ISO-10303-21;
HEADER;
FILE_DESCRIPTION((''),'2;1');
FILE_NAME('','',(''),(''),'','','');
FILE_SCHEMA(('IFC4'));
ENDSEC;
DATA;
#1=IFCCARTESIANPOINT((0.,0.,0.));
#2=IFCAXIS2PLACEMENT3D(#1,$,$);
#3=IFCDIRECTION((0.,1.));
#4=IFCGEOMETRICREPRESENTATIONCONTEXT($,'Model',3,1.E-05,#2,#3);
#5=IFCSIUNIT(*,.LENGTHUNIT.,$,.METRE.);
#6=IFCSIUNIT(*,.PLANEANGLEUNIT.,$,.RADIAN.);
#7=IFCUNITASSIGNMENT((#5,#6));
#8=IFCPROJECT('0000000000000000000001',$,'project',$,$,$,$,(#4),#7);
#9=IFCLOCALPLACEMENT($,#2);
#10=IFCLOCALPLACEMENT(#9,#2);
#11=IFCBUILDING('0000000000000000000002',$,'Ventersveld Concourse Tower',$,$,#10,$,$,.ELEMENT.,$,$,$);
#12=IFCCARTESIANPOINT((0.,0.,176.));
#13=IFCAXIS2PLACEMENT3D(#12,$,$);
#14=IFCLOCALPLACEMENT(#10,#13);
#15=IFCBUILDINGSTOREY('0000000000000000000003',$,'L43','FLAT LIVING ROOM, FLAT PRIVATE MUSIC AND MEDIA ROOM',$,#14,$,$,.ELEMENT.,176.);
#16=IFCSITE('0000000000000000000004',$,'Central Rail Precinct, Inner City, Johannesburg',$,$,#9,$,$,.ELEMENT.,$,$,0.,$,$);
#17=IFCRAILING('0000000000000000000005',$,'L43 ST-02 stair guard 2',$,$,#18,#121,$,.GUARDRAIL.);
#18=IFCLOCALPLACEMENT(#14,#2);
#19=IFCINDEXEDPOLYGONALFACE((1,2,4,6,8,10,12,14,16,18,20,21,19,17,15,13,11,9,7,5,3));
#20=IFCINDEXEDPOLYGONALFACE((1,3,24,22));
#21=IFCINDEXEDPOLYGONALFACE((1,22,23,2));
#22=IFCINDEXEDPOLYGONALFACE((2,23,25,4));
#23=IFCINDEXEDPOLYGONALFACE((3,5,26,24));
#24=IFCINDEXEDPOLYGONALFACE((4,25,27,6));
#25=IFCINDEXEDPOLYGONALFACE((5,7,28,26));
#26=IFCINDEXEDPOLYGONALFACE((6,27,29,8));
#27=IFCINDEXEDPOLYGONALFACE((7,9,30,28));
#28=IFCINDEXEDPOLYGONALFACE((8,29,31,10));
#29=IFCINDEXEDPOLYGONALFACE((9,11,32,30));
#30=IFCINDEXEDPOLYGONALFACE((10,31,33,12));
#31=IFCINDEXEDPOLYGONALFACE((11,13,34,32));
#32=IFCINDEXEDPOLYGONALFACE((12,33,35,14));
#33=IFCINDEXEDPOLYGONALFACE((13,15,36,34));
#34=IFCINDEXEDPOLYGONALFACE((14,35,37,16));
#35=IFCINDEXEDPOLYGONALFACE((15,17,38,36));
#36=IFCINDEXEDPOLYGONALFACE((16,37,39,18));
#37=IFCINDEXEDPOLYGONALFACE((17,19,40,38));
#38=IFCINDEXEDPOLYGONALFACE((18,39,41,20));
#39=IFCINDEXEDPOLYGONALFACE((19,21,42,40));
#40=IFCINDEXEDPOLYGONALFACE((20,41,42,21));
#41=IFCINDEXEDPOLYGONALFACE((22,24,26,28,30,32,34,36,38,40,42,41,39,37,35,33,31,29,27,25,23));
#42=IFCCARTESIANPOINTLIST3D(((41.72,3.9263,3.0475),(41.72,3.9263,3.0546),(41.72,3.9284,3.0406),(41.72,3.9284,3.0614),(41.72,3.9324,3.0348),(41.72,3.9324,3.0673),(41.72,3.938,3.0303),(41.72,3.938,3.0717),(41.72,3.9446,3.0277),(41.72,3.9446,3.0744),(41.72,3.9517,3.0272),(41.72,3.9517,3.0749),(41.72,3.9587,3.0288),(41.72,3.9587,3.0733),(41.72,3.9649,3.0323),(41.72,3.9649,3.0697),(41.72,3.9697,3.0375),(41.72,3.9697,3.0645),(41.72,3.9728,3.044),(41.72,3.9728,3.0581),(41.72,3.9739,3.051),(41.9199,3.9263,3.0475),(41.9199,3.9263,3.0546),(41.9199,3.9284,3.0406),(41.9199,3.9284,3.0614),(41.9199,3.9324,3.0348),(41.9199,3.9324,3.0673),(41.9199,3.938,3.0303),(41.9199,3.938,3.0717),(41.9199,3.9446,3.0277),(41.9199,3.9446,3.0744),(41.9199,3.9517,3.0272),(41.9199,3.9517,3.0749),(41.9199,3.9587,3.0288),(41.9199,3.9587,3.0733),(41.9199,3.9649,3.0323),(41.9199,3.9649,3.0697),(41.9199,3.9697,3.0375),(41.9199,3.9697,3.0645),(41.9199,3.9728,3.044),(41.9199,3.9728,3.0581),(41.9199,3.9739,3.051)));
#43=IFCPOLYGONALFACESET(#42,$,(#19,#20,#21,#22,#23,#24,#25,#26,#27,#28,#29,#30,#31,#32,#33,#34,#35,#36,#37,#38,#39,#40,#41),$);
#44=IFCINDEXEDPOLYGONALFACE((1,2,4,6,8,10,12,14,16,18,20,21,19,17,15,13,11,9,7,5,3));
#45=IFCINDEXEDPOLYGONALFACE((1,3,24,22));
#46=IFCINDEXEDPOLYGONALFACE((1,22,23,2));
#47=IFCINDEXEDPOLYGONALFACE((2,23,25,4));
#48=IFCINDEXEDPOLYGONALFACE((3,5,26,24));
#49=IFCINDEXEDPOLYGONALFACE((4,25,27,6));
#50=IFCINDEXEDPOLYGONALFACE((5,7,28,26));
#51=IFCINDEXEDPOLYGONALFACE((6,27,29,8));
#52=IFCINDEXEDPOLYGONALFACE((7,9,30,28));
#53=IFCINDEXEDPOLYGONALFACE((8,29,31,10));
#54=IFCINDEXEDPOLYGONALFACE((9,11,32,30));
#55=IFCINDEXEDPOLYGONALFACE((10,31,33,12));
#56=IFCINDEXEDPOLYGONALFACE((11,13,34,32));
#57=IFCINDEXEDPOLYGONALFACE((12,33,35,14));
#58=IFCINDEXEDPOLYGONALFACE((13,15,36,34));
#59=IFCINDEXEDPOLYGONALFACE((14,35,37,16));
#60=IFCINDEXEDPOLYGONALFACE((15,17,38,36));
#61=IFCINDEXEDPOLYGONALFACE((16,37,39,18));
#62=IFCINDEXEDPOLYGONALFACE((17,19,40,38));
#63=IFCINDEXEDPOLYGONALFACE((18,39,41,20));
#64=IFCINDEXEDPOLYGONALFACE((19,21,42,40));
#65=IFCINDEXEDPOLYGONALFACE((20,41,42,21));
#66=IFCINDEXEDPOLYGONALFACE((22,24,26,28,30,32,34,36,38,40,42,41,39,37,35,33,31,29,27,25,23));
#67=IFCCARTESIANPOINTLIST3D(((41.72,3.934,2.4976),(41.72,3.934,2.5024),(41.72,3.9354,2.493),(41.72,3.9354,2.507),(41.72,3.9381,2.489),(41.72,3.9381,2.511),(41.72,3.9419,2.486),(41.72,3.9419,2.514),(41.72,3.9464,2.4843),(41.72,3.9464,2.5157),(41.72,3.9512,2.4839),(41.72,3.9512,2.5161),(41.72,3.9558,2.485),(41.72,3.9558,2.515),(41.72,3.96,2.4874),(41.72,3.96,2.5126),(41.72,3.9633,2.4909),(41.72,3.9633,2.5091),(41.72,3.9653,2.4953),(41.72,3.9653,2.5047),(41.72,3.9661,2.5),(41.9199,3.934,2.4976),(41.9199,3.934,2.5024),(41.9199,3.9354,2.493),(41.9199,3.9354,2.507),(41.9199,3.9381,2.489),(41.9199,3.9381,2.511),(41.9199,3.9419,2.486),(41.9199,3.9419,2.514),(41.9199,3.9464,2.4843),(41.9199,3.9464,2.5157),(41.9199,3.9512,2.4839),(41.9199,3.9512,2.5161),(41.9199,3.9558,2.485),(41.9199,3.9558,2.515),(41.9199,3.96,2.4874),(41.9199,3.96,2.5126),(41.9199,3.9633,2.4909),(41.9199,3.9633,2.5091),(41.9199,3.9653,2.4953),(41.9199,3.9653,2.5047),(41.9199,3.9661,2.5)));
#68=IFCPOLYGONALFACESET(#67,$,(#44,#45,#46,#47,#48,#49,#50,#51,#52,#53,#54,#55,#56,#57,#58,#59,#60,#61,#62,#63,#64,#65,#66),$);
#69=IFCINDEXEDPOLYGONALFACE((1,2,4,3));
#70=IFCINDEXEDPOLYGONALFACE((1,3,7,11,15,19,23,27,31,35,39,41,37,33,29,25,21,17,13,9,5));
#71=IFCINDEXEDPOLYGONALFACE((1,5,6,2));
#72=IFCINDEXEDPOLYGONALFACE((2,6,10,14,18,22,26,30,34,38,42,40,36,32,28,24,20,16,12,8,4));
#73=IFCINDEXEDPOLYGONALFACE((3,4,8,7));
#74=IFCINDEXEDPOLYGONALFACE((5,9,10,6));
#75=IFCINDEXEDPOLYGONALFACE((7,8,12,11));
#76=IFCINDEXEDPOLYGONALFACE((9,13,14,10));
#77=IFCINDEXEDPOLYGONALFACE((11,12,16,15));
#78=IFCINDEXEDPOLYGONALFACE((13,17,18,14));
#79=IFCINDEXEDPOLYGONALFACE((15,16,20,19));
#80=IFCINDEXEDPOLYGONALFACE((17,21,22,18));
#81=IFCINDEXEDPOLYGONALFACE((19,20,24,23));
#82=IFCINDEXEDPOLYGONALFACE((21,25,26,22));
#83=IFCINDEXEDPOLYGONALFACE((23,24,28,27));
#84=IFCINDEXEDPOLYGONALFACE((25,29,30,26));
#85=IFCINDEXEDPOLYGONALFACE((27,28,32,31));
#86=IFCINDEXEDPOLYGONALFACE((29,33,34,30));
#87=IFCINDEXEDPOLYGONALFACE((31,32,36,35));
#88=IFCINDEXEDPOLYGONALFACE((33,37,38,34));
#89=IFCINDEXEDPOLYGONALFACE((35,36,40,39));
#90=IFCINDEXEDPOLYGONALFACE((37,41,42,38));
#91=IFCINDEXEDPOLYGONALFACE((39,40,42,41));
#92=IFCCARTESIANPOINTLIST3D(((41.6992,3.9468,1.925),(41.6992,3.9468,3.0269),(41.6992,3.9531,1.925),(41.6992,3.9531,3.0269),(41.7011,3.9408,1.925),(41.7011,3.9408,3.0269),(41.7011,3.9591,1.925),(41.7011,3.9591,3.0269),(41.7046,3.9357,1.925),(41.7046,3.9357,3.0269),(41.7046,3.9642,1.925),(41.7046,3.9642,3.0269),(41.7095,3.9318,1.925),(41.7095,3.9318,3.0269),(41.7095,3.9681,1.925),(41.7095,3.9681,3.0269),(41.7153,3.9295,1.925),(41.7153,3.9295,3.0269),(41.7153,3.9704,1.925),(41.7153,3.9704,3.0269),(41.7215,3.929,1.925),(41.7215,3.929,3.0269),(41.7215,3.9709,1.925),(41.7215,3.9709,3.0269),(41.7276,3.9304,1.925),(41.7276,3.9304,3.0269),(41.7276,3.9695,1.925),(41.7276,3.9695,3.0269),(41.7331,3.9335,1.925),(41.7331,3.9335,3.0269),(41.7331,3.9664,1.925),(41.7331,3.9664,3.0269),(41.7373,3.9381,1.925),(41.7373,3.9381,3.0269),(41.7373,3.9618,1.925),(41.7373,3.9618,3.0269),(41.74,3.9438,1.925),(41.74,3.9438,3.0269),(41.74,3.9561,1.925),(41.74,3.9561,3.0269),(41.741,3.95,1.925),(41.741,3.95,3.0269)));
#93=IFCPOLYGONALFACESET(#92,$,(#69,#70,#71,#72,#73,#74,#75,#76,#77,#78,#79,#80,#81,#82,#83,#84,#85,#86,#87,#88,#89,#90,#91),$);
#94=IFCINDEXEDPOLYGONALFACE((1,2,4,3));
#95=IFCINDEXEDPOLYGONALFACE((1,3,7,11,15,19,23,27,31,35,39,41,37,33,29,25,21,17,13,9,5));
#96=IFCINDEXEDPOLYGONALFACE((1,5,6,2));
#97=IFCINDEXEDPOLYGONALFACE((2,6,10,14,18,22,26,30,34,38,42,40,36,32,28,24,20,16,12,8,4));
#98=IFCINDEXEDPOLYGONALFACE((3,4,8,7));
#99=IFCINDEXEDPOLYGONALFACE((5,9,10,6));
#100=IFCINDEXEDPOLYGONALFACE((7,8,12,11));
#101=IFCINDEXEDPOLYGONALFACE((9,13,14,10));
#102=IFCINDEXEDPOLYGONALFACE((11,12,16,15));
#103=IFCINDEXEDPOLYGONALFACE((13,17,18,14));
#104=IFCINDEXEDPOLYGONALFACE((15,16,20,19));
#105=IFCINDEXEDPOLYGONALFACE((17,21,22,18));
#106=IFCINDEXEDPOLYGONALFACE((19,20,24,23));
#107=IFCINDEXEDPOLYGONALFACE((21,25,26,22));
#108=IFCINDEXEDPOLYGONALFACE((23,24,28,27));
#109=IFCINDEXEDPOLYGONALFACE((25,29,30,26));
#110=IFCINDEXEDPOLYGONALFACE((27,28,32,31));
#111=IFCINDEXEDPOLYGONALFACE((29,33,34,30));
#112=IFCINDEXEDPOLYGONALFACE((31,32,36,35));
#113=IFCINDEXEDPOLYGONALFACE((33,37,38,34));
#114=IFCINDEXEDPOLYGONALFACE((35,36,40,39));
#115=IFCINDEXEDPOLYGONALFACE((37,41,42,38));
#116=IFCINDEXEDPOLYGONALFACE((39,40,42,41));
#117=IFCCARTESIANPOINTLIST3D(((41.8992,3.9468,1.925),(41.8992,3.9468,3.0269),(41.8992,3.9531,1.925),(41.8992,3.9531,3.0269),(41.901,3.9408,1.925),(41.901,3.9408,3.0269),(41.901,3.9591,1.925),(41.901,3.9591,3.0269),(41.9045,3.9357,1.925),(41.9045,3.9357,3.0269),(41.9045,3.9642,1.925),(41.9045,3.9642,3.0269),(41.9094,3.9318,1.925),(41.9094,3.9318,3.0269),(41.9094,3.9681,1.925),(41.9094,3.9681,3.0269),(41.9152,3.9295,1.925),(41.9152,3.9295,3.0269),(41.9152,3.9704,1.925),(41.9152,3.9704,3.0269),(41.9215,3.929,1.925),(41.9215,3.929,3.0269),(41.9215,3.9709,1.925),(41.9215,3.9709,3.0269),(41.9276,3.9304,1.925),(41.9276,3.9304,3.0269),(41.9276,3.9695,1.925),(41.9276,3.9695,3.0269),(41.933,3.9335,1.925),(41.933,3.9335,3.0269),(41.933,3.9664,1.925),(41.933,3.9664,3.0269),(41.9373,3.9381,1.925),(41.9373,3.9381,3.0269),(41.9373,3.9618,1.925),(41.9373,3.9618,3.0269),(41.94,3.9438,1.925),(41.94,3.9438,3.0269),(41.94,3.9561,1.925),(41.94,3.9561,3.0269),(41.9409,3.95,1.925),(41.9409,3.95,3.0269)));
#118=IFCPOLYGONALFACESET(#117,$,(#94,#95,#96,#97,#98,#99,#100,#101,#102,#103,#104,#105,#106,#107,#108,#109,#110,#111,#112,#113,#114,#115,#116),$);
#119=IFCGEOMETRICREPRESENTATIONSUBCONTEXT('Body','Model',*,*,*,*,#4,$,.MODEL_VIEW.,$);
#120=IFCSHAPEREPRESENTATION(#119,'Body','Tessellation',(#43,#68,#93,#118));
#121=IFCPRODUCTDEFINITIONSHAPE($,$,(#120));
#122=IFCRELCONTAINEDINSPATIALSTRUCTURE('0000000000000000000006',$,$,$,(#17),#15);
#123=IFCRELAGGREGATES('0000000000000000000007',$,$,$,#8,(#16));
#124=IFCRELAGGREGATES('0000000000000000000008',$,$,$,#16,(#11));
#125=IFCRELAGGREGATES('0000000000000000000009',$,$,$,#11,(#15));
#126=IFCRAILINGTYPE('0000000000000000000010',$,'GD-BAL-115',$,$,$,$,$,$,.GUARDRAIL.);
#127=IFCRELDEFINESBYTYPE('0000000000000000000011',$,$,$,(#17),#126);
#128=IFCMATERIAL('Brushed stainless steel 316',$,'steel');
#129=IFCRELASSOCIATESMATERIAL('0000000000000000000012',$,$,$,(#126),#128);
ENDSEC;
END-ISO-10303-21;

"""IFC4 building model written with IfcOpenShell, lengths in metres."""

from ifc_helpers import new_model, si_unit, direction, frame, origin, origin_2d, place, context, subcontext, project, spatial, circle, extrude, material, type_object, element, save


model = new_model("IFC4")

# Units and contexts
model_context = context("Model", 3, precision=1e-05, world=origin(), true_north=direction((0.0, 1.0)))
body_context = subcontext(model_context, "Body", "Model", "MODEL_VIEW")
ifc_project = project(units=[si_unit("LENGTHUNIT", "METRE"), si_unit("PLANEANGLEUNIT", "RADIAN")], contexts=[model_context])

# Site, building, storey
site_placement = place(None, origin())
site = spatial("IfcSite", under=ifc_project, at=site_placement, Name="Central Rail Precinct, Inner City, Johannesburg", CompositionType="ELEMENT", RefElevation=0.0)
building_placement = place(site_placement, origin())
building = spatial("IfcBuilding", under=site, at=building_placement, Name="Ventersveld Concourse Tower", CompositionType="ELEMENT")
storey_placement = place(building_placement, frame((0.0, 0.0, 176.0)))
storey = spatial("IfcBuildingStorey", under=building, at=storey_placement, Name="L43", Description="FLAT LIVING ROOM, FLAT PRIVATE MUSIC AND MEDIA ROOM", CompositionType="ELEMENT", Elevation=176.0)

# Shared definitions
ifc_material_1 = material(Name="Brushed stainless steel 316", Category="steel")

# Railing
railing_type_1 = type_object("IfcRailingType", Name="GD-BAL-115", PredefinedType="GUARDRAIL", material=ifc_material_1)
railing_1_placement = place(storey_placement, frame((41.72, 3.95, 1.925)))
element("IfcRailing", 1, at=railing_1_placement, inside=storey, type_object=railing_type_1, Name="L43 ST-02 stair guard 2", PredefinedType="GUARDRAIL", context=body_context, shape_type="SweptSolid", body=[
    extrude(circle(Radius=0.0239, at=origin_2d()), frame((0.0, 0.0, 1.126), z_axis=(1.0, 0.0, 0.0), x_axis=(0.0, 1.0, 0.0)), (0.0, 0.0, 1.0), 0.2),
    extrude(circle(Radius=0.0161, at=origin_2d()), frame((0.0, 0.0, 0.575), z_axis=(1.0, 0.0, 0.0), x_axis=(0.0, 1.0, 0.0)), (0.0, 0.0, 1.0), 0.2),
    extrude(circle(Radius=0.021, at=origin_2d()), origin(), (0.0, 0.0, 1.0), 1.1018),
    extrude(circle(Radius=0.021, at=origin_2d()), frame((0.2, 0.0, 0.0)), (0.0, 0.0, 1.0), 1.1018),
])

save(model, "model.ifc")
